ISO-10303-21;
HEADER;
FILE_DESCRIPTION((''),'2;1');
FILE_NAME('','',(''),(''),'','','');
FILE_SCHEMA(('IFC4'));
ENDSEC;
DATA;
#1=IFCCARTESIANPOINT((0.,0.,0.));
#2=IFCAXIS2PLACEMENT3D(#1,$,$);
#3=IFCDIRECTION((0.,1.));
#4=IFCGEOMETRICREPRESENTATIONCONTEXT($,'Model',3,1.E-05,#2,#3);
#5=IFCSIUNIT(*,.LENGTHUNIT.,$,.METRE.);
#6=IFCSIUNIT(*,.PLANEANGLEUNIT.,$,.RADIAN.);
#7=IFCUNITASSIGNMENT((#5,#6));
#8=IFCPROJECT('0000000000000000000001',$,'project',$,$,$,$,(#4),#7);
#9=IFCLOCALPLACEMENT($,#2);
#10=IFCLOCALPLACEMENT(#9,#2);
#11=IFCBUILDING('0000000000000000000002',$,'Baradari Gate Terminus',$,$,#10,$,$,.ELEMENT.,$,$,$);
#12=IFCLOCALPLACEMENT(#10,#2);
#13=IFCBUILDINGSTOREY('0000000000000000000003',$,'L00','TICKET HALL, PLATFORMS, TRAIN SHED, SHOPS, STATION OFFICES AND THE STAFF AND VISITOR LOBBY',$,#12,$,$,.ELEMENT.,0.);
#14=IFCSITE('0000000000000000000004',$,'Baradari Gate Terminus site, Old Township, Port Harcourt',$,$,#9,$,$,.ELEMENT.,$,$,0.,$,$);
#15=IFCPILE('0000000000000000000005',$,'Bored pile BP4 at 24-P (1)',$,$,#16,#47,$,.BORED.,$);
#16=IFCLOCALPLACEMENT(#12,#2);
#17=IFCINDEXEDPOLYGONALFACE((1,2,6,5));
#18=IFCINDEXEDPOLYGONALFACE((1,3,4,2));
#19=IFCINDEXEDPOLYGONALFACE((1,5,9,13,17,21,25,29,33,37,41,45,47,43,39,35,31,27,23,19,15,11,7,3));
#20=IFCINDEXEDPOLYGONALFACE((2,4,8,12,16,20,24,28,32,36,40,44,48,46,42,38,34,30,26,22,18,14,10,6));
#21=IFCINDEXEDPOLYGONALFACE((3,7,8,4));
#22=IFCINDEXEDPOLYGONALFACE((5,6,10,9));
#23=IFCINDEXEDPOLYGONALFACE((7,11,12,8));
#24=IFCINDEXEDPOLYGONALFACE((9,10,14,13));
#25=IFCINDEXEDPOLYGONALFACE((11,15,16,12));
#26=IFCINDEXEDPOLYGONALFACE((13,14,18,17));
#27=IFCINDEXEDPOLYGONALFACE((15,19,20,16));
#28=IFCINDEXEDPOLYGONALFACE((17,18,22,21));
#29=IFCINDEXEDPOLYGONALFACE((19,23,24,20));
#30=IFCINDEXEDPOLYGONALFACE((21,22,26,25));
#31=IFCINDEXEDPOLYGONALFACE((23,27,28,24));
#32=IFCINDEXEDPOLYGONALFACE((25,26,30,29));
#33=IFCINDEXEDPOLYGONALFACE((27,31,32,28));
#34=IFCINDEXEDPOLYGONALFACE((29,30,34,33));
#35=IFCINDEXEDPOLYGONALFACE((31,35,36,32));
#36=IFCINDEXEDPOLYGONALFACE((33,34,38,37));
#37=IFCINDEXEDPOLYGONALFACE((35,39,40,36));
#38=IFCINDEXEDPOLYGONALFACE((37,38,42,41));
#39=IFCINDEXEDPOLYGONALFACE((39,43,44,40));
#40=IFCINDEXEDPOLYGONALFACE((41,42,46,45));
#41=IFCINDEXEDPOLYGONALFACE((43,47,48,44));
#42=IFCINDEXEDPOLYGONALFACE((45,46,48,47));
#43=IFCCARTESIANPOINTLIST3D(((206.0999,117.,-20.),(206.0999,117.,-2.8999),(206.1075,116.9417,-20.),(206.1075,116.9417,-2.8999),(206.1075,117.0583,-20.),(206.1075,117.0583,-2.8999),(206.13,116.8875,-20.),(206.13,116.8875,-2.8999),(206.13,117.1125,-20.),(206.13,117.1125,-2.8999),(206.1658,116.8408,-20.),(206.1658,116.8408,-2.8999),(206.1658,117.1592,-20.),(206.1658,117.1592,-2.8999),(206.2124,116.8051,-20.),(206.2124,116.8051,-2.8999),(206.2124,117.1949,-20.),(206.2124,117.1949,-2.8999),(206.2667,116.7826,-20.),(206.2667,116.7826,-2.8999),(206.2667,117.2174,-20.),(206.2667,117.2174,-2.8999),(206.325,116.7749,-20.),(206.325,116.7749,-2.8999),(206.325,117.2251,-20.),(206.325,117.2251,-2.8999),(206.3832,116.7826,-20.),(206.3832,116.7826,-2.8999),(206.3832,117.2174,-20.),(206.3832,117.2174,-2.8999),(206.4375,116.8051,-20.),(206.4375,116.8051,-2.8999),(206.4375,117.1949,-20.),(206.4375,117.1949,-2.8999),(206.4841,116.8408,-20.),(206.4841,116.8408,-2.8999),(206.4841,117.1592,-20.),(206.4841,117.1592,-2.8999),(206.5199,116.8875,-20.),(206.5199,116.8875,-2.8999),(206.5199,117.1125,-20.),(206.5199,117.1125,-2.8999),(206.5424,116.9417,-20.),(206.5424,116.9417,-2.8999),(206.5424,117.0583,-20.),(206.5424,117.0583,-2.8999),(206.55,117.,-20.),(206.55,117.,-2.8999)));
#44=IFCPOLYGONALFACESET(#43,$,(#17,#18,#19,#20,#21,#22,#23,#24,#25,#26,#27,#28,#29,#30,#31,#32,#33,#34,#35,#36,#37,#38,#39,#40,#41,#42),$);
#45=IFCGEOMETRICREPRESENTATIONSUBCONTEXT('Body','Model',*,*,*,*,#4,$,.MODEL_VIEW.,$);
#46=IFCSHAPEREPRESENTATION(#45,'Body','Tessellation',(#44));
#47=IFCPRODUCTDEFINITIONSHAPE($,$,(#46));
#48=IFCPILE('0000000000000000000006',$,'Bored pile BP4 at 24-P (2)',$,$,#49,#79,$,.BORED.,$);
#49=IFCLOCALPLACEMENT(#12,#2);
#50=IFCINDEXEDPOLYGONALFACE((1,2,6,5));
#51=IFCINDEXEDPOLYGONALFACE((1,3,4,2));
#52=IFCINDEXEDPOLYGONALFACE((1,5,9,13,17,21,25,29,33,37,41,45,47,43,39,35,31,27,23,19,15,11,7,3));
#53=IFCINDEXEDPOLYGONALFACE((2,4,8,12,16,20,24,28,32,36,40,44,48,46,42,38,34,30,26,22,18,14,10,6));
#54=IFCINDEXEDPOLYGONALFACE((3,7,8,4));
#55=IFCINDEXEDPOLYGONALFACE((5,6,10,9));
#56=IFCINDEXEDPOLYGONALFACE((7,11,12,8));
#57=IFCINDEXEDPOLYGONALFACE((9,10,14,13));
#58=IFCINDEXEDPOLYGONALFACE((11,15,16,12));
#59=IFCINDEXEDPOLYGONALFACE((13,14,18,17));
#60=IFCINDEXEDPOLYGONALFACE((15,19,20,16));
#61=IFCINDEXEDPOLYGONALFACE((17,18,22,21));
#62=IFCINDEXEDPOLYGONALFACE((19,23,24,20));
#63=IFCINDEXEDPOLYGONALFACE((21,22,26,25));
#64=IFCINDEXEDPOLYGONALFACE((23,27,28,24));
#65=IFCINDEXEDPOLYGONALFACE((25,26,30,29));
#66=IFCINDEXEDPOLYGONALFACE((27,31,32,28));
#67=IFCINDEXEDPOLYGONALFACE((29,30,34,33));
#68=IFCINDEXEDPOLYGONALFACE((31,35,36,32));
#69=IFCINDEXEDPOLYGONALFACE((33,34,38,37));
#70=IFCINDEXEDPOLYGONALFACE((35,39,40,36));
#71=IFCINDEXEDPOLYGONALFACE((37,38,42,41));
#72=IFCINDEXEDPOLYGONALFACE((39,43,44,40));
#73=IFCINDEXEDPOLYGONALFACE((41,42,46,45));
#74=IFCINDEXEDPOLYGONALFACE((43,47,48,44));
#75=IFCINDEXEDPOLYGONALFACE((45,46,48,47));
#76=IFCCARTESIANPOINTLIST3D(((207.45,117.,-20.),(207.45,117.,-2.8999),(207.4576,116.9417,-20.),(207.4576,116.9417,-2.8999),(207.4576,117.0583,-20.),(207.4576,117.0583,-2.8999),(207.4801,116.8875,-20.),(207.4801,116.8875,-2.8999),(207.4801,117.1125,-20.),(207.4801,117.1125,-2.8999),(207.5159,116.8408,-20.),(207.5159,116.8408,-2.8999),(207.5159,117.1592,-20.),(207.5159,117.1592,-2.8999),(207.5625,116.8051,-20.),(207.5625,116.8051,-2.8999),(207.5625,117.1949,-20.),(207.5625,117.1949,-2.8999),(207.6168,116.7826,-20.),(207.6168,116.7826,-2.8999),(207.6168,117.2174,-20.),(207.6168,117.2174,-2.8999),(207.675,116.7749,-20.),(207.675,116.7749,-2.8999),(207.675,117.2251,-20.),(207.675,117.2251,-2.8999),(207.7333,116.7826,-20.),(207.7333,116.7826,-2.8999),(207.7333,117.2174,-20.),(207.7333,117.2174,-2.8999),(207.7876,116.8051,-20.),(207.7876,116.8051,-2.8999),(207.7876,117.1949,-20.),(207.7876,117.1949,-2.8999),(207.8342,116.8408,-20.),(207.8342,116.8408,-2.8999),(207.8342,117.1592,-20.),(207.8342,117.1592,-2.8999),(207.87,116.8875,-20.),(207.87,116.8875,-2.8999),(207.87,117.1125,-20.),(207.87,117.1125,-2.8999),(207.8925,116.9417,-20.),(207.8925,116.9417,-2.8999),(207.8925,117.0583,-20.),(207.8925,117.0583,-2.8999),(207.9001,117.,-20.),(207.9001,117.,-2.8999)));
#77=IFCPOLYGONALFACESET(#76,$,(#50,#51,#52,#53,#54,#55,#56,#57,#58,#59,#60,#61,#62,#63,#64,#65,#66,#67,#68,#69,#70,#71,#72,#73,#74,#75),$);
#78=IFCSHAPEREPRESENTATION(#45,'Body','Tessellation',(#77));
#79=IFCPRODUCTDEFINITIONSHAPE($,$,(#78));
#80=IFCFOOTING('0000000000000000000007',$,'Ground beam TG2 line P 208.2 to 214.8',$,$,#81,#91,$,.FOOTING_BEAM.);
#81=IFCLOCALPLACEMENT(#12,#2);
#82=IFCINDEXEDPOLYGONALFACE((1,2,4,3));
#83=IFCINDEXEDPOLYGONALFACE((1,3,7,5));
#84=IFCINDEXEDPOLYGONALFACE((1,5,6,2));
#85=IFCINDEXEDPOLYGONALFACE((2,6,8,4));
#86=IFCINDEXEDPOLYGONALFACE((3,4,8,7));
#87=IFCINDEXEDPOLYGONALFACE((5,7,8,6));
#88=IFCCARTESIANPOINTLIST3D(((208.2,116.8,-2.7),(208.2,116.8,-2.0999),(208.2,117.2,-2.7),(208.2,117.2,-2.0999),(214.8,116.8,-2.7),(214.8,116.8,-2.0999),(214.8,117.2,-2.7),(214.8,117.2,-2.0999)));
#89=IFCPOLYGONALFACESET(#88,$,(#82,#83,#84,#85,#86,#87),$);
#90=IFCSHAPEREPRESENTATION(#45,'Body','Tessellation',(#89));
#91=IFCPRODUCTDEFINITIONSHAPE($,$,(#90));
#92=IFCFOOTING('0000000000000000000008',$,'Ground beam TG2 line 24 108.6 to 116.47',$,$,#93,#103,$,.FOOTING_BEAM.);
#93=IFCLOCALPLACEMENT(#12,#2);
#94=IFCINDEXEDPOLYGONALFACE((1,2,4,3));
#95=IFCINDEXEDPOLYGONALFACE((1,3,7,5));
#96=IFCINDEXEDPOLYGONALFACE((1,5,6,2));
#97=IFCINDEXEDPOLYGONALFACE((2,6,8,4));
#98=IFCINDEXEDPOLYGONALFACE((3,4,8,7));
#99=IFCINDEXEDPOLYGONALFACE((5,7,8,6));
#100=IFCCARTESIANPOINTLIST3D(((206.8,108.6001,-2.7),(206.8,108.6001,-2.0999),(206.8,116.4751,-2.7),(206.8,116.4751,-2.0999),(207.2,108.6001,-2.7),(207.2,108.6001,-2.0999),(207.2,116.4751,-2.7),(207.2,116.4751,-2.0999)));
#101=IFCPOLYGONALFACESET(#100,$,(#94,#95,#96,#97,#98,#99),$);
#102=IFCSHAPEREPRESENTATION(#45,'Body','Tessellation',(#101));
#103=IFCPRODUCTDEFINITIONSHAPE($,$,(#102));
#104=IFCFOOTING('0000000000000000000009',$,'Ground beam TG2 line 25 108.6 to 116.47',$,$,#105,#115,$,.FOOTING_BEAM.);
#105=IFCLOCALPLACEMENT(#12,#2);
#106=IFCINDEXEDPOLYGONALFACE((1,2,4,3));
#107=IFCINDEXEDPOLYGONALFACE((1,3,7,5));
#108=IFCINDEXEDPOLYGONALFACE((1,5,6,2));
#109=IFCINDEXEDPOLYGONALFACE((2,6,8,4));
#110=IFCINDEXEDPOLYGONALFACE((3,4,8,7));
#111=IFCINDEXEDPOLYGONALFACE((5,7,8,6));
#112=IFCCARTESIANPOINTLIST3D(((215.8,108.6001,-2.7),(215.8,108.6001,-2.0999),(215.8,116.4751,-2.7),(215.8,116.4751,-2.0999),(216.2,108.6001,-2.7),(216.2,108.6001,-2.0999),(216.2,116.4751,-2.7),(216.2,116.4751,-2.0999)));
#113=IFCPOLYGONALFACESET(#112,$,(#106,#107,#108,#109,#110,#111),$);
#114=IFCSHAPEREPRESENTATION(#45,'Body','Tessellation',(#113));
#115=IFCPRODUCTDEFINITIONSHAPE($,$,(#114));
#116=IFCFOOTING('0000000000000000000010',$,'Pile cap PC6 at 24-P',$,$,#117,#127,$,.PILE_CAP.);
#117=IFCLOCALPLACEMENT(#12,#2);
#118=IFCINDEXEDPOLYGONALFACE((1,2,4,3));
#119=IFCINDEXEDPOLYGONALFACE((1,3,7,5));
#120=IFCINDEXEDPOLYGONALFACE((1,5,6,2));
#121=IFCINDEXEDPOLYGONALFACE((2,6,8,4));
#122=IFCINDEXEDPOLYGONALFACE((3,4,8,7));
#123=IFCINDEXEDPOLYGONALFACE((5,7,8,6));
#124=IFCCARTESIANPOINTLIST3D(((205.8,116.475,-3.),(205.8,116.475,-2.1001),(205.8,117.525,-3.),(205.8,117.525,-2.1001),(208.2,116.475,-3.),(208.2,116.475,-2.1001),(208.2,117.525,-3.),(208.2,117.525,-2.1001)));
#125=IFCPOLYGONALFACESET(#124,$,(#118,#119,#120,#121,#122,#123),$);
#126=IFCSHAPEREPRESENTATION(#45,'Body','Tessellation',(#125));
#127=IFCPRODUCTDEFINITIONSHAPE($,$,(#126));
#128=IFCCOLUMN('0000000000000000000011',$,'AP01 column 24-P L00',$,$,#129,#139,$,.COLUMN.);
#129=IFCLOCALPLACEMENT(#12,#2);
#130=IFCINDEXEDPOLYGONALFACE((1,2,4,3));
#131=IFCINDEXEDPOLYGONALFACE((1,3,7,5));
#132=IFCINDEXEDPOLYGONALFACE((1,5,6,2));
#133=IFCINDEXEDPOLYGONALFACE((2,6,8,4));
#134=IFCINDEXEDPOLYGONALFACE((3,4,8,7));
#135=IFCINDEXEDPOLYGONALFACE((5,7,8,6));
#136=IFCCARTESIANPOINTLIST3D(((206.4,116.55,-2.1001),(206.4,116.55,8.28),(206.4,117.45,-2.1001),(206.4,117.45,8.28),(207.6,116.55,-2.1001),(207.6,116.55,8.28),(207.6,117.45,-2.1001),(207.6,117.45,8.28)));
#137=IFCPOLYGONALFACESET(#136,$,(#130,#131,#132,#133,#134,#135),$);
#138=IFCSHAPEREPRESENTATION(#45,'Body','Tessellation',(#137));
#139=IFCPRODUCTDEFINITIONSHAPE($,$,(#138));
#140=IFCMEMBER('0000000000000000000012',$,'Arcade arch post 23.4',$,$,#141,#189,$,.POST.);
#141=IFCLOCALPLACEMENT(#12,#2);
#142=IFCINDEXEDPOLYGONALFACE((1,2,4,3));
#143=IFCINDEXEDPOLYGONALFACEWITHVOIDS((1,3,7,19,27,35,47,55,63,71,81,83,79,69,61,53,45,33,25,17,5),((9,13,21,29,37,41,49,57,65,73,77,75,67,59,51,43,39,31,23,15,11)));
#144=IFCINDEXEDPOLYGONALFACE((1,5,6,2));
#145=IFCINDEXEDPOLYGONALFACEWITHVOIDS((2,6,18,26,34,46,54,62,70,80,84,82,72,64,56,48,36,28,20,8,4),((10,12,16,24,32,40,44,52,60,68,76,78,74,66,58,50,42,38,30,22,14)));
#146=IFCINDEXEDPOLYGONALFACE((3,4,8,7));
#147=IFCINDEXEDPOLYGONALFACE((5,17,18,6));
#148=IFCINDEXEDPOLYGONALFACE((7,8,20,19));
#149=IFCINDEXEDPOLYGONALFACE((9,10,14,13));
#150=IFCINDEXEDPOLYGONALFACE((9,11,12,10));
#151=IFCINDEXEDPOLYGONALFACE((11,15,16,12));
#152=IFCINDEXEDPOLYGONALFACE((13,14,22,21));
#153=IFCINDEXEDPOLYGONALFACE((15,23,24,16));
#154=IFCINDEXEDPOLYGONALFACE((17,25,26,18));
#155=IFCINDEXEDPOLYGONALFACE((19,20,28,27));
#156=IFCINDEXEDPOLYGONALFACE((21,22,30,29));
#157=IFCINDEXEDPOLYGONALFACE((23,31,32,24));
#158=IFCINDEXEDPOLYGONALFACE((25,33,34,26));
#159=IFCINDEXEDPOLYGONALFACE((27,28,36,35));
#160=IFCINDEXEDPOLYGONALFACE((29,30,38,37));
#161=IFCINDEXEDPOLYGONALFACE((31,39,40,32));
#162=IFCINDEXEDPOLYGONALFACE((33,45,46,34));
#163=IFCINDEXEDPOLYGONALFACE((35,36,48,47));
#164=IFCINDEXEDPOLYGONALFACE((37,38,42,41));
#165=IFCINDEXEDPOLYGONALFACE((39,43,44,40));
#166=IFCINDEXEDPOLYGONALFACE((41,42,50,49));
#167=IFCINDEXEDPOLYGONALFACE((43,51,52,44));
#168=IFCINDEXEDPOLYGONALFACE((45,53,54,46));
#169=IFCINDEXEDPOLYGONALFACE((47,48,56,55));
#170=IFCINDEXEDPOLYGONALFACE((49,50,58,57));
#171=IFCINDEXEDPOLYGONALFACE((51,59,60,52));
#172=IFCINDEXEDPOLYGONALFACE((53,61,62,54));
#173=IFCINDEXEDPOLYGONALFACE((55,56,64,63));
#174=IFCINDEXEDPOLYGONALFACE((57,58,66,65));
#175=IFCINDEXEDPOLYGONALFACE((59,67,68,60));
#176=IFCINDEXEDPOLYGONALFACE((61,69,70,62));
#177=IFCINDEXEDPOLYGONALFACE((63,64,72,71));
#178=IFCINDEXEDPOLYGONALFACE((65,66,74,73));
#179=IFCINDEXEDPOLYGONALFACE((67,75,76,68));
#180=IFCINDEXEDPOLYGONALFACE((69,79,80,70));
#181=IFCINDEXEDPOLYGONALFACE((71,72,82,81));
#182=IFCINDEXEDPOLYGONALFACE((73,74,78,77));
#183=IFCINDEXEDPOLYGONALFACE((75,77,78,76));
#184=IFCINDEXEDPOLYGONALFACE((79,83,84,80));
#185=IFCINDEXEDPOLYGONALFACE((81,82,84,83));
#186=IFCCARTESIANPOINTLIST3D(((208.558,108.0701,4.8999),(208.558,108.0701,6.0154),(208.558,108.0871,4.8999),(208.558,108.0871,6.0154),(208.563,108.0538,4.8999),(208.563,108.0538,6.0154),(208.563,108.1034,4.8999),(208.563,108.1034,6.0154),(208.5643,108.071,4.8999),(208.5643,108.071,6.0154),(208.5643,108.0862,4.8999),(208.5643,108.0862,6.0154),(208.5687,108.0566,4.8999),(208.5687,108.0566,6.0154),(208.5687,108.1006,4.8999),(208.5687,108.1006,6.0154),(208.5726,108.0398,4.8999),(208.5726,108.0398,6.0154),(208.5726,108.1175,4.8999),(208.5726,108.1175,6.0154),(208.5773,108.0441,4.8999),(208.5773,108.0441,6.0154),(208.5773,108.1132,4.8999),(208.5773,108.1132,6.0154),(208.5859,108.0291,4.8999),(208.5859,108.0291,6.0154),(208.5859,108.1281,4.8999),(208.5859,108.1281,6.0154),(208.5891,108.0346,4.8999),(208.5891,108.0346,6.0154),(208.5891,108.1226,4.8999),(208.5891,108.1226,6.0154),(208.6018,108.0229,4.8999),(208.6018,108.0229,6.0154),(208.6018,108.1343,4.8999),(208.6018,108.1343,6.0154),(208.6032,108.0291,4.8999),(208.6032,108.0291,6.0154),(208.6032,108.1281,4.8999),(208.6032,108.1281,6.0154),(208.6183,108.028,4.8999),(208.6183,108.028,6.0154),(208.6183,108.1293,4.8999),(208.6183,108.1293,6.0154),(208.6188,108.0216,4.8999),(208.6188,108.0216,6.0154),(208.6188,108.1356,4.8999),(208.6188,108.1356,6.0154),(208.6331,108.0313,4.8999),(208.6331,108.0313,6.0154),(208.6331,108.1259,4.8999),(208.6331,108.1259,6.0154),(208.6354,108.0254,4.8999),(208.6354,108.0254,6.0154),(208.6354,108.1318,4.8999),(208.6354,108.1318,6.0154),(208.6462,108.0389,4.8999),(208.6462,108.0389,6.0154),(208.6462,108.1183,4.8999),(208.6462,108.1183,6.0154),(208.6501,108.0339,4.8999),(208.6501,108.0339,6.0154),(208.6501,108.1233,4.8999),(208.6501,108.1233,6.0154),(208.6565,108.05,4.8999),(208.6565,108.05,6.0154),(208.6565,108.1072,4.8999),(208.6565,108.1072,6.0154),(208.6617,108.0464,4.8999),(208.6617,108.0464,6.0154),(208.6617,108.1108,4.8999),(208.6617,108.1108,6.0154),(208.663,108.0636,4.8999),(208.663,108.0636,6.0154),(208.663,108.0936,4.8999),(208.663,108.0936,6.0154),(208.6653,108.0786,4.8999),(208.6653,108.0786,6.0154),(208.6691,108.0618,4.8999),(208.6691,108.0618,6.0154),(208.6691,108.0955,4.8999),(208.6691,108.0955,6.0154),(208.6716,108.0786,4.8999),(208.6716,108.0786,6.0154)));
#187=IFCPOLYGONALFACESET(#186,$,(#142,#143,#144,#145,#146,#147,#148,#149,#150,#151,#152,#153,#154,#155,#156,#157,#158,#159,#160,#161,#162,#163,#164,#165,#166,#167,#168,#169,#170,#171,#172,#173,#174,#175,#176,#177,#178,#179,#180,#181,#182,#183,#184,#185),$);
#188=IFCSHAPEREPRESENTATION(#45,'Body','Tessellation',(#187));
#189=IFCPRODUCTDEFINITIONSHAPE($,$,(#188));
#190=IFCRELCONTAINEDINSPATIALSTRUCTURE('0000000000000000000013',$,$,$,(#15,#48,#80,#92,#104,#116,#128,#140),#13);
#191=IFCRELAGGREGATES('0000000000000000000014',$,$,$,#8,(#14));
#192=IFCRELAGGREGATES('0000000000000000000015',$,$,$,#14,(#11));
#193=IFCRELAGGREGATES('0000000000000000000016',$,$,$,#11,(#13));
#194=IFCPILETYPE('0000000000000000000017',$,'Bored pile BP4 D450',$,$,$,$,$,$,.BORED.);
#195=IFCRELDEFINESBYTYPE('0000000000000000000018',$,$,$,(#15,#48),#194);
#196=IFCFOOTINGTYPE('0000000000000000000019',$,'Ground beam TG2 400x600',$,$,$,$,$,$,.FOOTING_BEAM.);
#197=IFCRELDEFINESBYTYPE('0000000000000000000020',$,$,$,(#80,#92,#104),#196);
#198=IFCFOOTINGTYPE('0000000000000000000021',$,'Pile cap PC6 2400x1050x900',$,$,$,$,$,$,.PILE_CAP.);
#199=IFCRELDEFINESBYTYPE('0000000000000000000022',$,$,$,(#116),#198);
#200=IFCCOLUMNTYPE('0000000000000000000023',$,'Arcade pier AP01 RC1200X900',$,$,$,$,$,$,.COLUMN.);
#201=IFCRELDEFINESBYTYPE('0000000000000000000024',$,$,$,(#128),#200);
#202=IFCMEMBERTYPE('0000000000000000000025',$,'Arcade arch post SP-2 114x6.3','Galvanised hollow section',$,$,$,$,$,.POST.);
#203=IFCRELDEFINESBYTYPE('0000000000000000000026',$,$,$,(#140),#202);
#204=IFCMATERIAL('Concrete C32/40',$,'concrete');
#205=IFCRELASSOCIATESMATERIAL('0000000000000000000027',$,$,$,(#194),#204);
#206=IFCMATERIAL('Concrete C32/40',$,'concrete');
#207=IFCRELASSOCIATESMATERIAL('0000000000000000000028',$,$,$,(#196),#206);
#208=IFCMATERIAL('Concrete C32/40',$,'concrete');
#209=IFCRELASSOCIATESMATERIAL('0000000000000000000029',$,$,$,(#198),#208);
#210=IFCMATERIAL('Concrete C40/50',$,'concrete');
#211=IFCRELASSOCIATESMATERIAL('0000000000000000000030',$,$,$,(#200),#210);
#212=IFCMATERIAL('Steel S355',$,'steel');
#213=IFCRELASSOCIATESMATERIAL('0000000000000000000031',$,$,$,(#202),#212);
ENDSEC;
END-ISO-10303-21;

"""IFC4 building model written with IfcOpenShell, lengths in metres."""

from ifc_helpers import new_model, si_unit, direction, frame, origin, origin_2d, place, context, subcontext, project, spatial, rectangle, circle, hollow_circle, extrude, material, material_profile, profile_set, type_object, element, save


model = new_model("IFC4")

# Units and contexts
model_context = context("Model", 3, precision=1e-05, world=origin(), true_north=direction((0.0, 1.0)))
body_context = subcontext(model_context, "Body", "Model", "MODEL_VIEW")
ifc_project = project(units=[si_unit("LENGTHUNIT", "METRE"), si_unit("PLANEANGLEUNIT", "RADIAN")], contexts=[model_context])

# Site, building, storey
site_placement = place(None, origin())
site = spatial("IfcSite", under=ifc_project, at=site_placement, Name="Baradari Gate Terminus site, Old Township, Port Harcourt", CompositionType="ELEMENT", RefElevation=0.0)
building_placement = place(site_placement, origin())
building = spatial("IfcBuilding", under=site, at=building_placement, Name="Baradari Gate Terminus", CompositionType="ELEMENT")
storey_placement = place(building_placement, origin())
storey = spatial("IfcBuildingStorey", under=building, at=storey_placement, Name="L00", Description="TICKET HALL, PLATFORMS, TRAIN SHED, SHOPS, STATION OFFICES AND THE STAFF AND VISITOR LOBBY", CompositionType="ELEMENT", Elevation=0.0)

# Piles
ifc_material_1 = material(Name="Concrete C32/40", Category="concrete")
pile_type = type_object("IfcPileType", Name="Bored pile BP4 D450", PredefinedType="BORED", material=ifc_material_1)
for number, where, z_axis, x_axis, name in (
    (1, (206.325, 117.0, -2.8999), (0.0, 0.0, -1.0), (1.0, 0.0, 0.0), "Bored pile BP4 at 24-P (1)"),
    (2, (207.675, 117.0, -2.8999), (0.0, 0.0, -1.0), (1.0, 0.0, 0.0), "Bored pile BP4 at 24-P (2)"),
):
    element("IfcPile", number, at=place(storey_placement, frame(where, z_axis=z_axis, x_axis=x_axis)), inside=storey, type_object=pile_type, Name=name, PredefinedType="BORED", context=body_context, shape_type="SweptSolid", body=[
        extrude(circle(Radius=0.2251, at=origin_2d()), origin(), (0.0, 0.0, 1.0), 17.1001),
    ])

# Footings
ifc_material_2 = material(Name="Concrete C32/40", Category="concrete")
footing_type_1 = type_object("IfcFootingType", Name="Ground beam TG2 400x600", PredefinedType="FOOTING_BEAM", material=ifc_material_2)
footing_1_placement = place(storey_placement, frame((211.5, 117.0, -2.7), z_axis=(0.0, 0.0, 1.0), x_axis=(1.0, 0.0, 0.0)))
element("IfcFooting", 3, at=footing_1_placement, inside=storey, type_object=footing_type_1, Name="Ground beam TG2 line P 208.2 to 214.8", PredefinedType="FOOTING_BEAM", context=body_context, shape_type="SweptSolid", body=[
    extrude(rectangle(XDim=6.6001, YDim=0.3999, at=origin_2d()), origin(), (0.0, 0.0, 1.0), 0.6001),
])
for number, where, z_axis, x_axis, name in (
    (4, (207.0, 112.5376, -2.7), (0.0, 0.0, 1.0), (1.0, 0.0, 0.0), "Ground beam TG2 line 24 108.6 to 116.47"),
    (5, (216.0, 112.5376, -2.7), (0.0, 0.0, 1.0), (1.0, 0.0, 0.0), "Ground beam TG2 line 25 108.6 to 116.47"),
):
    element("IfcFooting", number, at=place(storey_placement, frame(where, z_axis=z_axis, x_axis=x_axis)), inside=storey, type_object=footing_type_1, Name=name, PredefinedType="FOOTING_BEAM", context=body_context, shape_type="SweptSolid", body=[
        extrude(rectangle(XDim=0.3999, YDim=7.875, at=origin_2d()), origin(), (0.0, 0.0, 1.0), 0.6001),
    ])
ifc_material_3 = material(Name="Concrete C32/40", Category="concrete")
footing_type_2 = type_object("IfcFootingType", Name="Pile cap PC6 2400x1050x900", PredefinedType="PILE_CAP", material=ifc_material_3)
footing_2_placement = place(storey_placement, frame((207.0, 117.0, -3.0), z_axis=(0.0, 0.0, 1.0), x_axis=(1.0, 0.0, 0.0)))
element("IfcFooting", 6, at=footing_2_placement, inside=storey, type_object=footing_type_2, Name="Pile cap PC6 at 24-P", PredefinedType="PILE_CAP", context=body_context, shape_type="SweptSolid", body=[
    extrude(rectangle(XDim=2.3999, YDim=1.05, at=origin_2d()), origin(), (0.0, 0.0, 1.0), 0.8999),
])

# Column
ifc_material_4 = material(Name="Concrete C40/50", Category="concrete")
ifc_material_profile_1 = material_profile(ifc_material_4, rectangle(XDim=1.2, YDim=0.8999, at=origin_2d()), Name="RC1200X900")
ifc_profile_set_1 = profile_set([ifc_material_profile_1], Name="Concrete C40/50")
column_type = type_object("IfcColumnType", Name="Arcade pier AP01 RC1200X900", PredefinedType="COLUMN", material=ifc_profile_set_1)
column_placement = place(storey_placement, frame((207.0, 117.0, -2.1001), z_axis=(0.0, 0.0, 1.0), x_axis=(1.0, 0.0, 0.0)))
element("IfcColumn", 7, at=column_placement, inside=storey, type_object=column_type, Name="AP01 column 24-P L00", PredefinedType="COLUMN", context=body_context, shape_type="SweptSolid", body=[
    extrude(rectangle(XDim=1.2, YDim=0.8999, at=origin_2d()), origin(), (0.0, 0.0, 1.0), 10.3801),
])

# Member
ifc_material_5 = material(Name="Steel S355", Category="steel")
ifc_material_profile_2 = material_profile(ifc_material_5, hollow_circle(Radius=0.0571, WallThickness=0.0063, at=origin_2d()), Name="CHS 114.3x6.3")
ifc_profile_set_2 = profile_set([ifc_material_profile_2], Name="Steel S355")
member_type = type_object("IfcMemberType", Name="Arcade arch post SP-2 114x6.3", Description="Galvanised hollow section", PredefinedType="POST", material=ifc_profile_set_2)
member_1_placement = place(storey_placement, frame((208.6145, 108.0786, 4.8999), z_axis=(0.0, 0.0, 1.0), x_axis=(1.0, 0.0, 0.0)))
element("IfcMember", 8, at=member_1_placement, inside=storey, type_object=member_type, Name="Arcade arch post 23.4", PredefinedType="POST", context=body_context, shape_type="SweptSolid", body=[
    extrude(hollow_circle(Radius=0.0571, WallThickness=0.0063, at=origin_2d()), origin(), (0.0, 0.0, 1.0), 1.1155),
])

save(model, "model.ifc")
